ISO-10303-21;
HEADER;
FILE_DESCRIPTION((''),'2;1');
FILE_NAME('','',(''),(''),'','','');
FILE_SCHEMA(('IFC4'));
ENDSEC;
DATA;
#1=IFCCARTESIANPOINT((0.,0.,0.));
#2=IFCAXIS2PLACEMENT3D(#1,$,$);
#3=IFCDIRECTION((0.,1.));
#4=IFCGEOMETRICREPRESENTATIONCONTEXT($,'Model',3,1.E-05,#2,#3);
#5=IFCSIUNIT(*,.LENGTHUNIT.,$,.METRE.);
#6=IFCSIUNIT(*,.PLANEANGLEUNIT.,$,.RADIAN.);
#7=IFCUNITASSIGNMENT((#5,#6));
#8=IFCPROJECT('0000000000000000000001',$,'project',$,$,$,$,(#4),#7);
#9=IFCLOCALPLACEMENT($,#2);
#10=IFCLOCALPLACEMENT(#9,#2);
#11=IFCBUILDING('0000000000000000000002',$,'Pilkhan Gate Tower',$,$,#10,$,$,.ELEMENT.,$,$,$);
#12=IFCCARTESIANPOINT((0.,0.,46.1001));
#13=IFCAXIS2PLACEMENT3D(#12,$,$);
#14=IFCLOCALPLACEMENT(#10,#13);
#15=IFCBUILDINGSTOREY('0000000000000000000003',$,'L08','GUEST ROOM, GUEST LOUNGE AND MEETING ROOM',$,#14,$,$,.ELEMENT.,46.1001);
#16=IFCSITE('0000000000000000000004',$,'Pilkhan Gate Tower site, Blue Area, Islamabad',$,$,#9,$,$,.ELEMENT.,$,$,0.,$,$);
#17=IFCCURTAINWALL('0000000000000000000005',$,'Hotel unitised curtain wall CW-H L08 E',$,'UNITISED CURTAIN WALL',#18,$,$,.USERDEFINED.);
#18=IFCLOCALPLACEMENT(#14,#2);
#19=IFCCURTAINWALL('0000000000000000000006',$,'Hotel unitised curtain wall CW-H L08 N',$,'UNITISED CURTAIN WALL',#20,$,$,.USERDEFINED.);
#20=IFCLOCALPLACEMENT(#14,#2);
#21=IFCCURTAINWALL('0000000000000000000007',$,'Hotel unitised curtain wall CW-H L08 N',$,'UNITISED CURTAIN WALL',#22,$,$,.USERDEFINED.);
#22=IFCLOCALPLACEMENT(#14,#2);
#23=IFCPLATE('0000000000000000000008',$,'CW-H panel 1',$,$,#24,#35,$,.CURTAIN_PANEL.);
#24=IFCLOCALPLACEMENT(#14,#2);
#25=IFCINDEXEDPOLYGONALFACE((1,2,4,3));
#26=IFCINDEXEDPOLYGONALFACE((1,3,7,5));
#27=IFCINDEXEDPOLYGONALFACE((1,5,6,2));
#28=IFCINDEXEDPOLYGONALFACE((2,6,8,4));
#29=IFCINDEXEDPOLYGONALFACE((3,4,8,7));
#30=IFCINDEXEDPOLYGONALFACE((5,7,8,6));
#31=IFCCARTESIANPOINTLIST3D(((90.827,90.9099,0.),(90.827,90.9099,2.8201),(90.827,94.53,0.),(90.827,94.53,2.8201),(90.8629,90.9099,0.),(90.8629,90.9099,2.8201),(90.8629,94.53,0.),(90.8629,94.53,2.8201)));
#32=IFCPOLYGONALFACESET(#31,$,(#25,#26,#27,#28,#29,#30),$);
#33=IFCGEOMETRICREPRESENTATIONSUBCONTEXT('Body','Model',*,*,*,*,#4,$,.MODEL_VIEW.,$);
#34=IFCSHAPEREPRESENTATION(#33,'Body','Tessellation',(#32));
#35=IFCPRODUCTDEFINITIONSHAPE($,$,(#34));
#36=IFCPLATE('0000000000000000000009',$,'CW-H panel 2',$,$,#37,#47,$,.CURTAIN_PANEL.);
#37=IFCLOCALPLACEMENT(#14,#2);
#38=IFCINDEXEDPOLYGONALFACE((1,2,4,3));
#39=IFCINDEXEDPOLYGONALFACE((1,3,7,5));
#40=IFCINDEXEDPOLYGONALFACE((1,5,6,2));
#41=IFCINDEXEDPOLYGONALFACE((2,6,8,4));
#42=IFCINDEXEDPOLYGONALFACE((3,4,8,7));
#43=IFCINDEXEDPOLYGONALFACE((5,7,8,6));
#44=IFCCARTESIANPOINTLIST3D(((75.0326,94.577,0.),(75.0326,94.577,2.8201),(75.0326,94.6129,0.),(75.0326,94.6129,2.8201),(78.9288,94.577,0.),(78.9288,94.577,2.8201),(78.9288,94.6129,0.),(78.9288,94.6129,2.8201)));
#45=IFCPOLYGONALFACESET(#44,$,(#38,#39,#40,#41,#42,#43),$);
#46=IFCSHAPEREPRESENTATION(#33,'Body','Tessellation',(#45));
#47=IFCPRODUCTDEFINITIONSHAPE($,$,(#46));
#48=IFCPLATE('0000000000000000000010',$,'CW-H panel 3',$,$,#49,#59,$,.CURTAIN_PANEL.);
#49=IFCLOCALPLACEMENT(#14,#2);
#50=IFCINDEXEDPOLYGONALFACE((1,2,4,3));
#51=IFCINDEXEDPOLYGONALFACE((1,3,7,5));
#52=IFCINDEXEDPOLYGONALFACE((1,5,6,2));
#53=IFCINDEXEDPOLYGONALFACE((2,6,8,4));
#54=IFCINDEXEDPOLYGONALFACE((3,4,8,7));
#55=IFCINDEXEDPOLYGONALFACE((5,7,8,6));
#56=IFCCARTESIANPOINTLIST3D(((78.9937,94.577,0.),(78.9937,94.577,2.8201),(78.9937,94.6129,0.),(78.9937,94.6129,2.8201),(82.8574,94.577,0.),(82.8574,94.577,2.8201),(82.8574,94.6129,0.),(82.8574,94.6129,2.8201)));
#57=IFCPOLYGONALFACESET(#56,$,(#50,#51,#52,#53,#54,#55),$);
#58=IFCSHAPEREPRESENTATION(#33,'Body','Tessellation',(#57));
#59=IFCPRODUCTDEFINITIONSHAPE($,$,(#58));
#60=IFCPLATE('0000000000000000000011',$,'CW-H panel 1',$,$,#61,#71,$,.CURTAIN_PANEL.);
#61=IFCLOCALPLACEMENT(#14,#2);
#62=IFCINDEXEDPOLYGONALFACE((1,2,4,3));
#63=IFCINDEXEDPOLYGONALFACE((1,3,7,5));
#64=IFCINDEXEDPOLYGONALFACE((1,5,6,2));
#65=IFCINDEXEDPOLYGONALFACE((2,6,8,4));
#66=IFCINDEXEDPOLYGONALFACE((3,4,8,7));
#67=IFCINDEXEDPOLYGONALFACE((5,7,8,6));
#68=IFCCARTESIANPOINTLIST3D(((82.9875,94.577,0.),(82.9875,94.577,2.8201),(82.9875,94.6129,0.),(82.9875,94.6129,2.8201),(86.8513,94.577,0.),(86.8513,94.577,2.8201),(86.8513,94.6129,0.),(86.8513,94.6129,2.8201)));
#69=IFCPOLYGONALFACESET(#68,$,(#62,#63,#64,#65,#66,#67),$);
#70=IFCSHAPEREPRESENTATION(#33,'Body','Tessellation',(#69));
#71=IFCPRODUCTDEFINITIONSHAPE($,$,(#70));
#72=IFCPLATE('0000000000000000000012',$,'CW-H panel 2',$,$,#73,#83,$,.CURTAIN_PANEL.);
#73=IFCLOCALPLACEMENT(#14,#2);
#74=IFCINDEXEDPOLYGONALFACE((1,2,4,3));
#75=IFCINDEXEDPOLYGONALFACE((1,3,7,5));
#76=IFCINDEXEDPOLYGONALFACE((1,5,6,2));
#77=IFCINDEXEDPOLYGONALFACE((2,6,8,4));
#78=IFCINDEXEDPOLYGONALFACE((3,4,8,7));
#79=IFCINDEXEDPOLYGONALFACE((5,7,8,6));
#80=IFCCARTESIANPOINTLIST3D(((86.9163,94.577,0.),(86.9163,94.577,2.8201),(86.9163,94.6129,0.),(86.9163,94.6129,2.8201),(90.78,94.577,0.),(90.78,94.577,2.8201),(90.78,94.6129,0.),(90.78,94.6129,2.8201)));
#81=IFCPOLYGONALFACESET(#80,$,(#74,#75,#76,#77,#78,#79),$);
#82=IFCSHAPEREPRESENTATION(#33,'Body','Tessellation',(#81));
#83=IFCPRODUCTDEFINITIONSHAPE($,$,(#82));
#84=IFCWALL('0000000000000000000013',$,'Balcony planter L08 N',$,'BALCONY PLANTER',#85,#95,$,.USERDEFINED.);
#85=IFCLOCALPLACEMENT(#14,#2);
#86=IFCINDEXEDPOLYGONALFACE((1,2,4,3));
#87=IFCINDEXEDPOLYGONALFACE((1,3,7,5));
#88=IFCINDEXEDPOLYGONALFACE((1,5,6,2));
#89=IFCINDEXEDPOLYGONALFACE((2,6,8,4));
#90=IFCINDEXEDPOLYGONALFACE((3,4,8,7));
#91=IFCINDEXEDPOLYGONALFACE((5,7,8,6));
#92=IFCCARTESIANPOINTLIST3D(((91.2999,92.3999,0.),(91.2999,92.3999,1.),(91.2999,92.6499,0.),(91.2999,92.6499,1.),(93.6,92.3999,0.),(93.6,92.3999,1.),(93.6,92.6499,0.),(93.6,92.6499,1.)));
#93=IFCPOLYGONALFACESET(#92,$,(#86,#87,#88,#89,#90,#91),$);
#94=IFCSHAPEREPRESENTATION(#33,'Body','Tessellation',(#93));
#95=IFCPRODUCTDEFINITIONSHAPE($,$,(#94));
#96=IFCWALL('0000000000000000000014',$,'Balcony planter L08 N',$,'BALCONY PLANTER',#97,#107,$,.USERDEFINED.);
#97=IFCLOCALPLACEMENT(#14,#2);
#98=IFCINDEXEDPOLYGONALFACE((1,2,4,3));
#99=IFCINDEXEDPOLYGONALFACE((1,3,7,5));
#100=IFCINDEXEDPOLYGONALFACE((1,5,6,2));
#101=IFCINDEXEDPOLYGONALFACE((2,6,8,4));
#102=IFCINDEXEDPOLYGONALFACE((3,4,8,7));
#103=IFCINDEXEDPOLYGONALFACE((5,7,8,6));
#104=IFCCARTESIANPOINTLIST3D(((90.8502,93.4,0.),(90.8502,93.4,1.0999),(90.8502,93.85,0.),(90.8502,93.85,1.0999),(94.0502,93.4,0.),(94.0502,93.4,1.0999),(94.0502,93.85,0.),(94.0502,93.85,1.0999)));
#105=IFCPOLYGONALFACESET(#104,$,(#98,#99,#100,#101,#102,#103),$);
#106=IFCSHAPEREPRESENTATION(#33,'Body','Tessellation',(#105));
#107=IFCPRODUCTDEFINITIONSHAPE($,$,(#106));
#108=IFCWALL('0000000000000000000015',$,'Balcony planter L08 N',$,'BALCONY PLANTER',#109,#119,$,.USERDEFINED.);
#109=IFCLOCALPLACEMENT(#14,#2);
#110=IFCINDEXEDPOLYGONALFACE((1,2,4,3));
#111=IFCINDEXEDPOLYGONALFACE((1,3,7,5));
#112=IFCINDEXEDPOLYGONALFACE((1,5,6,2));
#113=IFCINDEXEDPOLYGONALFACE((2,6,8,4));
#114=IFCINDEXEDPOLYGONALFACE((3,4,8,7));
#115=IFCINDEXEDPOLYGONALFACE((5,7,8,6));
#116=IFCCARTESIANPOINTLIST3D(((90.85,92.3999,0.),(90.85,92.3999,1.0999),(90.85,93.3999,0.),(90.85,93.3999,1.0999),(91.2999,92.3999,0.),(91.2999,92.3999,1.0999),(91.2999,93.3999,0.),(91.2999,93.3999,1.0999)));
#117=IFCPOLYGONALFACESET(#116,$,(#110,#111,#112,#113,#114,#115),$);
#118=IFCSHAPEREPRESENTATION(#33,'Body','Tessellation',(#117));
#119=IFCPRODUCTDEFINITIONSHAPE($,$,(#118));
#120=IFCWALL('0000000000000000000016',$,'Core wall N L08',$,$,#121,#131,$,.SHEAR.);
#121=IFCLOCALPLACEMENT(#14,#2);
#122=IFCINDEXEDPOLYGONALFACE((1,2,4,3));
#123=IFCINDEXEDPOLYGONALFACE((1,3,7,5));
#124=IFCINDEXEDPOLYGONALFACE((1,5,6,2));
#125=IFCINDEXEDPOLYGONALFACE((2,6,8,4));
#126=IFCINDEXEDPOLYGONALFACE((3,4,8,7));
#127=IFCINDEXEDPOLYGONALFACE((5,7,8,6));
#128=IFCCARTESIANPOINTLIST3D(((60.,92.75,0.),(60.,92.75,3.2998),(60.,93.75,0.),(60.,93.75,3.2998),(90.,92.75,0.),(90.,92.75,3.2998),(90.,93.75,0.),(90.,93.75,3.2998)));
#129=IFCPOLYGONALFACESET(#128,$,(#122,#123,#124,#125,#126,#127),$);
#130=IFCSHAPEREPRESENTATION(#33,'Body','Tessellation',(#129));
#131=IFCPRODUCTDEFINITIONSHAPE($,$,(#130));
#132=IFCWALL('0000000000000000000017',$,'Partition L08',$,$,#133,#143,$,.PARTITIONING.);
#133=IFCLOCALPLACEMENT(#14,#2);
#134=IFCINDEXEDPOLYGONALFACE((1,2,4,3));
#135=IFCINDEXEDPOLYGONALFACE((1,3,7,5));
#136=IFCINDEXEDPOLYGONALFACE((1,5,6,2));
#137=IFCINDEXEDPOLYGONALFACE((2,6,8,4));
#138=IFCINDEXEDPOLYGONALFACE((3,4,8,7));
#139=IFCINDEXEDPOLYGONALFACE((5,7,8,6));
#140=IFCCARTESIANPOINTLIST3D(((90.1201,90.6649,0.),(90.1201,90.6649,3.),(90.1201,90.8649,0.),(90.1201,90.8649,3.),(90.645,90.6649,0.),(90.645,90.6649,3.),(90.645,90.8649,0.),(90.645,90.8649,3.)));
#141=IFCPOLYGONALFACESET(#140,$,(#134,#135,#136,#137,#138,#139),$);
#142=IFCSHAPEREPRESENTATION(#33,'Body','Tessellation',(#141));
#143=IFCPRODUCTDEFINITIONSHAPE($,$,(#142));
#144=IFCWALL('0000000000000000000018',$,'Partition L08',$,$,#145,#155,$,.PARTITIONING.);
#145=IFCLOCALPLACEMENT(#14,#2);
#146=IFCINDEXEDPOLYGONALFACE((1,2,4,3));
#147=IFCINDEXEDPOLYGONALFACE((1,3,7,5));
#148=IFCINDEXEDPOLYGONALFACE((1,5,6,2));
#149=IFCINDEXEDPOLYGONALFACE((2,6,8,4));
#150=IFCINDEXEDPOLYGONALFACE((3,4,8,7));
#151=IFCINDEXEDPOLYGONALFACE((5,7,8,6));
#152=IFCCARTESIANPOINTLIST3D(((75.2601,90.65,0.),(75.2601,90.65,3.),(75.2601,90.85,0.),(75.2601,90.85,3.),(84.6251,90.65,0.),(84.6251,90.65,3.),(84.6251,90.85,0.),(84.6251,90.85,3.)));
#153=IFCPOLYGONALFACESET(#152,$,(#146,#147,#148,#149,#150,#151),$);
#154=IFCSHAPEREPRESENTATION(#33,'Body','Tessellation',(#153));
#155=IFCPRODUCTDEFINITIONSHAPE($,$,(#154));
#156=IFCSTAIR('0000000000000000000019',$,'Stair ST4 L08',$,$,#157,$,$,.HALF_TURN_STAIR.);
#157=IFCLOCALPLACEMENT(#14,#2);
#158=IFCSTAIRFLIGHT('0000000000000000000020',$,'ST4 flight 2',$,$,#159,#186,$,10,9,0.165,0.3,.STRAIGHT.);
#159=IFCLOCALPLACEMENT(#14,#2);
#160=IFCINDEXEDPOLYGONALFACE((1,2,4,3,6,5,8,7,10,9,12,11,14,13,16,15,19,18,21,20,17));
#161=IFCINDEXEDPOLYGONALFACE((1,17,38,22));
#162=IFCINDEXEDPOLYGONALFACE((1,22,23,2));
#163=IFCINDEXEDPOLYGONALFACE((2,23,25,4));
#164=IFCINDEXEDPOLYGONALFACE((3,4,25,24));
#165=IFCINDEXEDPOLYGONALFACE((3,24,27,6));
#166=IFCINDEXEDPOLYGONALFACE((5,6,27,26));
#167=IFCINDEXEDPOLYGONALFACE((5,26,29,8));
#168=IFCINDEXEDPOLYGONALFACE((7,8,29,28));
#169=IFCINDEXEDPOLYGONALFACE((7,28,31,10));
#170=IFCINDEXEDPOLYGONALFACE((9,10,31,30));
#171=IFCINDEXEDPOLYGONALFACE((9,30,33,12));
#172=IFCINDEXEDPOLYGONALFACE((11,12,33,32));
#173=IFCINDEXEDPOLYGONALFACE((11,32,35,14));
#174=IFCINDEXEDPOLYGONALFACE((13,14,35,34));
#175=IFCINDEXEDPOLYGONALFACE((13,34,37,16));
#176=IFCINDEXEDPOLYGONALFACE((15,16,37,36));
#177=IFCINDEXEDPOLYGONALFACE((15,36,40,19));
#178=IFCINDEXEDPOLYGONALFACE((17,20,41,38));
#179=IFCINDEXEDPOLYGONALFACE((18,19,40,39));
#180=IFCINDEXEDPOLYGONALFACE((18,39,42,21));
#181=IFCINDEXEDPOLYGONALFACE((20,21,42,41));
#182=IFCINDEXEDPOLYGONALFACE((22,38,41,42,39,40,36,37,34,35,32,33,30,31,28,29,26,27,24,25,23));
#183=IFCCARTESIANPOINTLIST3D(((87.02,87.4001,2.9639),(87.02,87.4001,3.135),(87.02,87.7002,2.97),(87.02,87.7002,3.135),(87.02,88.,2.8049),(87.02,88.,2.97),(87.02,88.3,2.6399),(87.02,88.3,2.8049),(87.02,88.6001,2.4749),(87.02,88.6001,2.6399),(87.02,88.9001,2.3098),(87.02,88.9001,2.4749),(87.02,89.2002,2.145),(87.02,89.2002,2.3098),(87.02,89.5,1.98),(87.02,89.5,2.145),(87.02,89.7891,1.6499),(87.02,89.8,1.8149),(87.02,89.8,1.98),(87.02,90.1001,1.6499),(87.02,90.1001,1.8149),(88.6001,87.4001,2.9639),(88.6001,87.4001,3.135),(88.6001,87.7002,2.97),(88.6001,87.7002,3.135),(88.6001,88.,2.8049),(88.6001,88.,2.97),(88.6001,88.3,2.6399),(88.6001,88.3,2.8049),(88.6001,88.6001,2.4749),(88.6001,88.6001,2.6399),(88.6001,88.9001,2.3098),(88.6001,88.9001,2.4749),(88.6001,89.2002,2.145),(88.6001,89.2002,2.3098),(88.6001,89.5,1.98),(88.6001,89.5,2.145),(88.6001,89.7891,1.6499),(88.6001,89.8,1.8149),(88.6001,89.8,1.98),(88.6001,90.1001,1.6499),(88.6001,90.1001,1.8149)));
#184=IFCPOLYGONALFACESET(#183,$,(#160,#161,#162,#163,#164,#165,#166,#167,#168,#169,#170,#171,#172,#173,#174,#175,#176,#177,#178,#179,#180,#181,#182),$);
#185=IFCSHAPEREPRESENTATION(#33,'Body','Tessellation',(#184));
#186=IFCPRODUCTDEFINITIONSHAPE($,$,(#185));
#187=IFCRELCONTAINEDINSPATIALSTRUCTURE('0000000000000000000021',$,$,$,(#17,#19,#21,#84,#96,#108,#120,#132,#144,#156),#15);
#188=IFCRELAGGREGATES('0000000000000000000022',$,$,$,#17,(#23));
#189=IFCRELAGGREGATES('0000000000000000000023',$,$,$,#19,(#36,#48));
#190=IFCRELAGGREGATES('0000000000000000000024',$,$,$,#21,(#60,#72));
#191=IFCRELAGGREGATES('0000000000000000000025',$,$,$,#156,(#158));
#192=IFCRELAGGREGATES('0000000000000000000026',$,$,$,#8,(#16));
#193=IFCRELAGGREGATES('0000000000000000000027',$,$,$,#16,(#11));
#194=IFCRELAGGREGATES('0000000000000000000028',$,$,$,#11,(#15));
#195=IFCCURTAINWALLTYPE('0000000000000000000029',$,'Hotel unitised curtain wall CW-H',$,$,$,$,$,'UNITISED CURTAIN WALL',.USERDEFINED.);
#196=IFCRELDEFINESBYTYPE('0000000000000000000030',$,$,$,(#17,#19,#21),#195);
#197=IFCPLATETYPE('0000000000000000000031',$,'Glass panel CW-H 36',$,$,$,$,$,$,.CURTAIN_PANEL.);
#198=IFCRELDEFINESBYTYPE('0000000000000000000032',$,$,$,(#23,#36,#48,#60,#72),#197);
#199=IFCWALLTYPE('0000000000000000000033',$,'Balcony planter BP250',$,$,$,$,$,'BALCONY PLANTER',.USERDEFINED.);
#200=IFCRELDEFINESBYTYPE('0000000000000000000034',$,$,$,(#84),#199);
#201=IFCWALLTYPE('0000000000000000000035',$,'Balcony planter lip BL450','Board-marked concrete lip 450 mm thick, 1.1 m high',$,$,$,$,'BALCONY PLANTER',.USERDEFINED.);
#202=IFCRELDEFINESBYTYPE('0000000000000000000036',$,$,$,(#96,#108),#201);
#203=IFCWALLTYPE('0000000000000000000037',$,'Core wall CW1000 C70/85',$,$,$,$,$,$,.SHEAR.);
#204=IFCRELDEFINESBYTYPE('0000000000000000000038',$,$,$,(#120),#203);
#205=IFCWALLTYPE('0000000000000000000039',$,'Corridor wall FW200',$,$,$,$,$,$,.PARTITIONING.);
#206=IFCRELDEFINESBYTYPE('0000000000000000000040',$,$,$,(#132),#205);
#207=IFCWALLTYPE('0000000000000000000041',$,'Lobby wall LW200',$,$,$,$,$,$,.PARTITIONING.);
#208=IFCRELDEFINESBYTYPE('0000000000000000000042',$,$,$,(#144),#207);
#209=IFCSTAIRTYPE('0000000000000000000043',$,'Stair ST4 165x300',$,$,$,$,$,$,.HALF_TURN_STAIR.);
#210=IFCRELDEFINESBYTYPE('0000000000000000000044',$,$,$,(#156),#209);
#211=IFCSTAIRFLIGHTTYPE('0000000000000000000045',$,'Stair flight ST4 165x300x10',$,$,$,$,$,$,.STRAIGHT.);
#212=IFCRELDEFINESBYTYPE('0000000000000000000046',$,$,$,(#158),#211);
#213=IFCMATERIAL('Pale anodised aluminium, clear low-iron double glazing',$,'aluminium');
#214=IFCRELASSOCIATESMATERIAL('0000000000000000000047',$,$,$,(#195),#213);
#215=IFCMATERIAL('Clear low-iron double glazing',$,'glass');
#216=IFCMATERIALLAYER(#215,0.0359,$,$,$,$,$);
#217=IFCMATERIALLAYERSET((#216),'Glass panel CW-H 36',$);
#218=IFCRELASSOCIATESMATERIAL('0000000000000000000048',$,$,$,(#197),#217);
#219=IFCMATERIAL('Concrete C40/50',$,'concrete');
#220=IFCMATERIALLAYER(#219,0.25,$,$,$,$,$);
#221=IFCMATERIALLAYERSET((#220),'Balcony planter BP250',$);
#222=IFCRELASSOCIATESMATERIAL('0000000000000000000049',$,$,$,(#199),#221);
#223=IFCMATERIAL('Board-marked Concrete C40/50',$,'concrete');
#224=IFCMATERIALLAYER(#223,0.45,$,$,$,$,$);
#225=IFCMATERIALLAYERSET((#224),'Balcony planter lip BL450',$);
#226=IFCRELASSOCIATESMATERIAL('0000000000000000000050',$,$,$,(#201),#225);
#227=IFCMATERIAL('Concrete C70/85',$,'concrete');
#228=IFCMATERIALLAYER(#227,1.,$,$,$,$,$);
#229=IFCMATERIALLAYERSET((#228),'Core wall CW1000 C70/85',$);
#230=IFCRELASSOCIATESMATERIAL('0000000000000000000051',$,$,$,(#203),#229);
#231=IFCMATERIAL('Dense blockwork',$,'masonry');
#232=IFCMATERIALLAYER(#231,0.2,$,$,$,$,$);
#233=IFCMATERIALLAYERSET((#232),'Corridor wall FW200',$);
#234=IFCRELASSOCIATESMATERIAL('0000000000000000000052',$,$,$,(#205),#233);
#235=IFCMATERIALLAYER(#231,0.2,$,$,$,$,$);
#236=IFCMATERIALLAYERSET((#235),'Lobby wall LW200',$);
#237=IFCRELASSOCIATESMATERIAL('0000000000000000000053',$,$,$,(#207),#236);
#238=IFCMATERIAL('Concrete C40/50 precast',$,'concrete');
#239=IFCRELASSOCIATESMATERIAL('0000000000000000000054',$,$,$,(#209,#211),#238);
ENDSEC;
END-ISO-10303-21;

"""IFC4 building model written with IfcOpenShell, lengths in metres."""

from ifc_helpers import new_model, si_unit, direction, frame, frame_2d, origin, origin_2d, place, context, subcontext, project, spatial, polyline, rectangle, outline, extrude, material, layer, layer_set, type_object, element, aggregate, save


model = new_model("IFC4")

# Units and contexts
model_context = context("Model", 3, precision=1e-05, world=origin(), true_north=direction((0.0, 1.0)))
body_context = subcontext(model_context, "Body", "Model", "MODEL_VIEW")
ifc_project = project(units=[si_unit("LENGTHUNIT", "METRE"), si_unit("PLANEANGLEUNIT", "RADIAN")], contexts=[model_context])

# Site, building, storey
site_placement = place(None, origin())
site = spatial("IfcSite", under=ifc_project, at=site_placement, Name="Pilkhan Gate Tower site, Blue Area, Islamabad", CompositionType="ELEMENT", RefElevation=0.0)
building_placement = place(site_placement, origin())
building = spatial("IfcBuilding", under=site, at=building_placement, Name="Pilkhan Gate Tower", CompositionType="ELEMENT")
storey_placement = place(building_placement, frame((0.0, 0.0, 46.1001)))
storey = spatial("IfcBuildingStorey", under=building, at=storey_placement, Name="L08", Description="GUEST ROOM, GUEST LOUNGE AND MEETING ROOM", CompositionType="ELEMENT", Elevation=46.1001)

# Curtain walls
ifc_material_1 = material(Name="Pale anodised aluminium, clear low-iron double glazing", Category="aluminium")
curtain_wall_type = type_object("IfcCurtainWallType", Name="Hotel unitised curtain wall CW-H", ElementType="UNITISED CURTAIN WALL", PredefinedType="USERDEFINED", material=ifc_material_1)
curtain_wall_1_placement = place(storey_placement, origin())
curtain_wall_1 = element("IfcCurtainWall", 1, at=curtain_wall_1_placement, inside=storey, type_object=curtain_wall_type, Name="Hotel unitised curtain wall CW-H L08 E", ObjectType="UNITISED CURTAIN WALL", PredefinedType="USERDEFINED")
curtain_wall_2_placement = place(storey_placement, origin())
curtain_wall_2 = element("IfcCurtainWall", 2, at=curtain_wall_2_placement, inside=storey, type_object=curtain_wall_type, Name="Hotel unitised curtain wall CW-H L08 N", ObjectType="UNITISED CURTAIN WALL", PredefinedType="USERDEFINED")
curtain_wall_3_placement = place(storey_placement, origin())
curtain_wall_3 = element("IfcCurtainWall", 3, at=curtain_wall_3_placement, inside=storey, type_object=curtain_wall_type, Name="Hotel unitised curtain wall CW-H L08 N", ObjectType="UNITISED CURTAIN WALL", PredefinedType="USERDEFINED")

# Plates
ifc_material_2 = material(Name="Clear low-iron double glazing", Category="glass")
ifc_layer_1 = layer(ifc_material_2, 0.0359)
ifc_layer_set_1 = layer_set([ifc_layer_1], Name="Glass panel CW-H 36")
plate_type = type_object("IfcPlateType", Name="Glass panel CW-H 36", PredefinedType="CURTAIN_PANEL", material=ifc_layer_set_1)
plate_1_placement = place(storey_placement, frame((90.845, 92.72, 0.0), z_axis=(0.0, 0.0, 1.0), x_axis=(0.0, 1.0, 0.0)))
plate_1 = element("IfcPlate", 4, at=plate_1_placement, type_object=plate_type, Name="CW-H panel 1", PredefinedType="CURTAIN_PANEL", context=body_context, shape_type="SweptSolid", body=[
    extrude(rectangle(XDim=3.6201, YDim=0.0359, at=origin_2d()), origin(), (0.0, 0.0, 1.0), 2.8201),
])
aggregate(curtain_wall_1, [plate_1])
plate_2_placement = place(storey_placement, frame((76.9807, 94.595, 0.0), z_axis=(0.0, 0.0, 1.0), x_axis=(1.0, 0.0, 0.0)))
plate_2 = element("IfcPlate", 5, at=plate_2_placement, type_object=plate_type, Name="CW-H panel 2", PredefinedType="CURTAIN_PANEL", context=body_context, shape_type="SweptSolid", body=[
    extrude(rectangle(XDim=3.8962, YDim=0.0359, at=origin_2d()), origin(), (0.0, 0.0, 1.0), 2.8201),
])
plate_3_placement = place(storey_placement, frame((80.9255, 94.595, 0.0), z_axis=(0.0, 0.0, 1.0), x_axis=(1.0, 0.0, 0.0)))
plate_3 = element("IfcPlate", 6, at=plate_3_placement, type_object=plate_type, Name="CW-H panel 3", PredefinedType="CURTAIN_PANEL", context=body_context, shape_type="SweptSolid", body=[
    extrude(rectangle(XDim=3.8638, YDim=0.0359, at=origin_2d()), origin(), (0.0, 0.0, 1.0), 2.8201),
])
aggregate(curtain_wall_2, [plate_2, plate_3])
plate_4_placement = place(storey_placement, frame((84.9194, 94.595, 0.0), z_axis=(0.0, 0.0, 1.0), x_axis=(1.0, 0.0, 0.0)))
plate_4 = element("IfcPlate", 7, at=plate_4_placement, type_object=plate_type, Name="CW-H panel 1", PredefinedType="CURTAIN_PANEL", context=body_context, shape_type="SweptSolid", body=[
    extrude(rectangle(XDim=3.8638, YDim=0.0359, at=origin_2d()), origin(), (0.0, 0.0, 1.0), 2.8201),
])
plate_5_placement = place(storey_placement, frame((88.8481, 94.595, 0.0), z_axis=(0.0, 0.0, 1.0), x_axis=(1.0, 0.0, 0.0)))
plate_5 = element("IfcPlate", 8, at=plate_5_placement, type_object=plate_type, Name="CW-H panel 2", PredefinedType="CURTAIN_PANEL", context=body_context, shape_type="SweptSolid", body=[
    extrude(rectangle(XDim=3.8638, YDim=0.0359, at=origin_2d()), origin(), (0.0, 0.0, 1.0), 2.8201),
])
aggregate(curtain_wall_3, [plate_4, plate_5])

# Walls
ifc_material_3 = material(Name="Concrete C40/50", Category="concrete")
ifc_layer_2 = layer(ifc_material_3, 0.25)
ifc_layer_set_2 = layer_set([ifc_layer_2], Name="Balcony planter BP250")
wall_type_1 = type_object("IfcWallType", Name="Balcony planter BP250", ElementType="BALCONY PLANTER", PredefinedType="USERDEFINED", material=ifc_layer_set_2)
wall_1_placement = place(storey_placement, frame((91.3, 92.5249, 0.0), z_axis=(0.0, 0.0, 1.0), x_axis=(1.0, 0.0, 0.0)))
element("IfcWall", 9, at=wall_1_placement, inside=storey, type_object=wall_type_1, Name="Balcony planter L08 N", ObjectType="BALCONY PLANTER", PredefinedType="USERDEFINED", context=body_context, shape_type="SweptSolid", body=[
    extrude(rectangle(XDim=2.3, YDim=0.25, at=frame_2d((1.1499, 0.0))), origin(), (0.0, 0.0, 1.0), 1.0),
])
ifc_material_4 = material(Name="Board-marked Concrete C40/50", Category="concrete")
ifc_layer_3 = layer(ifc_material_4, 0.45)
ifc_layer_set_3 = layer_set([ifc_layer_3], Name="Balcony planter lip BL450")
wall_type_2 = type_object("IfcWallType", Name="Balcony planter lip BL450", Description="Board-marked concrete lip 450 mm thick, 1.1 m high", ElementType="BALCONY PLANTER", PredefinedType="USERDEFINED", material=ifc_layer_set_3)
wall_2_placement = place(storey_placement, frame((90.8501, 93.625, 0.0), z_axis=(0.0, 0.0, 1.0), x_axis=(1.0, 0.0, 0.0)))
element("IfcWall", 10, at=wall_2_placement, inside=storey, type_object=wall_type_2, Name="Balcony planter L08 N", ObjectType="BALCONY PLANTER", PredefinedType="USERDEFINED", context=body_context, shape_type="SweptSolid", body=[
    extrude(rectangle(XDim=3.2, YDim=0.45, at=frame_2d((1.6001, 0.0))), origin(), (0.0, 0.0, 1.0), 1.0999),
])
wall_3_placement = place(storey_placement, frame((91.075, 92.3999, 0.0), z_axis=(0.0, 0.0, 1.0), x_axis=(0.0, 1.0, 0.0)))
element("IfcWall", 11, at=wall_3_placement, inside=storey, type_object=wall_type_2, Name="Balcony planter L08 N", ObjectType="BALCONY PLANTER", PredefinedType="USERDEFINED", context=body_context, shape_type="SweptSolid", body=[
    extrude(rectangle(XDim=1.0, YDim=0.45, at=frame_2d((0.5, 0.0))), origin(), (0.0, 0.0, 1.0), 1.0999),
])
ifc_material_5 = material(Name="Concrete C70/85", Category="concrete")
ifc_layer_4 = layer(ifc_material_5, 1.0)
ifc_layer_set_4 = layer_set([ifc_layer_4], Name="Core wall CW1000 C70/85")
wall_type_3 = type_object("IfcWallType", Name="Core wall CW1000 C70/85", PredefinedType="SHEAR", material=ifc_layer_set_4)
wall_4_placement = place(storey_placement, frame((90.0, 93.25, 0.0), z_axis=(0.0, 0.0, 1.0), x_axis=(-1.0, 0.0, 0.0)))
element("IfcWall", 12, at=wall_4_placement, inside=storey, type_object=wall_type_3, Name="Core wall N L08", PredefinedType="SHEAR", context=body_context, shape_type="SweptSolid", body=[
    extrude(rectangle(XDim=30.0, YDim=1.0, at=frame_2d((15.0, 0.0))), origin(), (0.0, 0.0, 1.0), 3.2998),
])
ifc_material_6 = material(Name="Dense blockwork", Category="masonry")
ifc_layer_5 = layer(ifc_material_6, 0.2)
ifc_layer_set_5 = layer_set([ifc_layer_5], Name="Corridor wall FW200")
wall_type_4 = type_object("IfcWallType", Name="Corridor wall FW200", PredefinedType="PARTITIONING", material=ifc_layer_set_5)
wall_5_placement = place(storey_placement, frame((90.1201, 90.7649, 0.0), z_axis=(0.0, 0.0, 1.0), x_axis=(1.0, 0.0, 0.0)))
element("IfcWall", 13, at=wall_5_placement, inside=storey, type_object=wall_type_4, Name="Partition L08", PredefinedType="PARTITIONING", context=body_context, shape_type="SweptSolid", body=[
    extrude(rectangle(XDim=0.5249, YDim=0.2, at=frame_2d((0.2625, 0.0))), origin(), (0.0, 0.0, 1.0), 3.0),
])

# Wall
ifc_layer_6 = layer(ifc_material_6, 0.2)
ifc_layer_set_6 = layer_set([ifc_layer_6], Name="Lobby wall LW200")
wall_type_5 = type_object("IfcWallType", Name="Lobby wall LW200", PredefinedType="PARTITIONING", material=ifc_layer_set_6)
wall_6_placement = place(storey_placement, frame((75.26, 90.75, 0.0), z_axis=(0.0, 0.0, 1.0), x_axis=(1.0, 0.0, 0.0)))
element("IfcWall", 14, at=wall_6_placement, inside=storey, type_object=wall_type_5, Name="Partition L08", PredefinedType="PARTITIONING", context=body_context, shape_type="SweptSolid", body=[
    extrude(rectangle(XDim=9.365, YDim=0.2, at=frame_2d((4.6826, 0.0))), origin(), (0.0, 0.0, 1.0), 3.0),
])

# Stair, stair flight
ifc_material_7 = material(Name="Concrete C40/50 precast", Category="concrete")
stair_type = type_object("IfcStairType", Name="Stair ST4 165x300", PredefinedType="HALF_TURN_STAIR", material=ifc_material_7)
stair_placement = place(storey_placement, origin())
stair = element("IfcStair", 15, at=stair_placement, inside=storey, type_object=stair_type, Name="Stair ST4 L08", PredefinedType="HALF_TURN_STAIR")
stair_flight_type = type_object("IfcStairFlightType", Name="Stair flight ST4 165x300x10", PredefinedType="STRAIGHT", material=ifc_material_7)
stair_flight_placement = place(storey_placement, frame((87.8101, 90.1001, 1.6499), z_axis=(0.0, 0.0, 1.0), x_axis=(0.0, -1.0, 0.0)))
stair_flight = element("IfcStairFlight", 16, at=stair_flight_placement, type_object=stair_flight_type, Name="ST4 flight 2", NumberOfRisers=10, NumberOfTreads=9, PredefinedType="STRAIGHT", RiserHeight=0.165, TreadLength=0.3, context=body_context, shape_type="SweptSolid", body=[
    extrude(outline(polyline([(0.0, 0.0), (0.0, 0.165), (0.3, 0.165), (0.3, 0.3301), (0.6001, 0.3301), (0.6001, 0.4951), (0.8999, 0.4951), (0.8999, 0.6599), (1.2, 0.6599), (1.2, 0.825), (1.5, 0.825), (1.5, 0.99), (1.8, 0.99), (1.8, 1.155), (2.1001, 1.155), (2.1001, 1.3201), (2.3999, 1.3201), (2.3999, 1.4851), (2.7, 1.4851), (2.7, 1.6499), (2.7, 1.314), (0.311, 0.0), (0.0, 0.0)])), frame((0.0, 0.79, 0.0), z_axis=(0.0, -1.0, 0.0), x_axis=(1.0, 0.0, 0.0)), (0.0, 0.0, 1.0), 1.5801),
])
aggregate(stair, [stair_flight])

save(model, "model.ifc")
